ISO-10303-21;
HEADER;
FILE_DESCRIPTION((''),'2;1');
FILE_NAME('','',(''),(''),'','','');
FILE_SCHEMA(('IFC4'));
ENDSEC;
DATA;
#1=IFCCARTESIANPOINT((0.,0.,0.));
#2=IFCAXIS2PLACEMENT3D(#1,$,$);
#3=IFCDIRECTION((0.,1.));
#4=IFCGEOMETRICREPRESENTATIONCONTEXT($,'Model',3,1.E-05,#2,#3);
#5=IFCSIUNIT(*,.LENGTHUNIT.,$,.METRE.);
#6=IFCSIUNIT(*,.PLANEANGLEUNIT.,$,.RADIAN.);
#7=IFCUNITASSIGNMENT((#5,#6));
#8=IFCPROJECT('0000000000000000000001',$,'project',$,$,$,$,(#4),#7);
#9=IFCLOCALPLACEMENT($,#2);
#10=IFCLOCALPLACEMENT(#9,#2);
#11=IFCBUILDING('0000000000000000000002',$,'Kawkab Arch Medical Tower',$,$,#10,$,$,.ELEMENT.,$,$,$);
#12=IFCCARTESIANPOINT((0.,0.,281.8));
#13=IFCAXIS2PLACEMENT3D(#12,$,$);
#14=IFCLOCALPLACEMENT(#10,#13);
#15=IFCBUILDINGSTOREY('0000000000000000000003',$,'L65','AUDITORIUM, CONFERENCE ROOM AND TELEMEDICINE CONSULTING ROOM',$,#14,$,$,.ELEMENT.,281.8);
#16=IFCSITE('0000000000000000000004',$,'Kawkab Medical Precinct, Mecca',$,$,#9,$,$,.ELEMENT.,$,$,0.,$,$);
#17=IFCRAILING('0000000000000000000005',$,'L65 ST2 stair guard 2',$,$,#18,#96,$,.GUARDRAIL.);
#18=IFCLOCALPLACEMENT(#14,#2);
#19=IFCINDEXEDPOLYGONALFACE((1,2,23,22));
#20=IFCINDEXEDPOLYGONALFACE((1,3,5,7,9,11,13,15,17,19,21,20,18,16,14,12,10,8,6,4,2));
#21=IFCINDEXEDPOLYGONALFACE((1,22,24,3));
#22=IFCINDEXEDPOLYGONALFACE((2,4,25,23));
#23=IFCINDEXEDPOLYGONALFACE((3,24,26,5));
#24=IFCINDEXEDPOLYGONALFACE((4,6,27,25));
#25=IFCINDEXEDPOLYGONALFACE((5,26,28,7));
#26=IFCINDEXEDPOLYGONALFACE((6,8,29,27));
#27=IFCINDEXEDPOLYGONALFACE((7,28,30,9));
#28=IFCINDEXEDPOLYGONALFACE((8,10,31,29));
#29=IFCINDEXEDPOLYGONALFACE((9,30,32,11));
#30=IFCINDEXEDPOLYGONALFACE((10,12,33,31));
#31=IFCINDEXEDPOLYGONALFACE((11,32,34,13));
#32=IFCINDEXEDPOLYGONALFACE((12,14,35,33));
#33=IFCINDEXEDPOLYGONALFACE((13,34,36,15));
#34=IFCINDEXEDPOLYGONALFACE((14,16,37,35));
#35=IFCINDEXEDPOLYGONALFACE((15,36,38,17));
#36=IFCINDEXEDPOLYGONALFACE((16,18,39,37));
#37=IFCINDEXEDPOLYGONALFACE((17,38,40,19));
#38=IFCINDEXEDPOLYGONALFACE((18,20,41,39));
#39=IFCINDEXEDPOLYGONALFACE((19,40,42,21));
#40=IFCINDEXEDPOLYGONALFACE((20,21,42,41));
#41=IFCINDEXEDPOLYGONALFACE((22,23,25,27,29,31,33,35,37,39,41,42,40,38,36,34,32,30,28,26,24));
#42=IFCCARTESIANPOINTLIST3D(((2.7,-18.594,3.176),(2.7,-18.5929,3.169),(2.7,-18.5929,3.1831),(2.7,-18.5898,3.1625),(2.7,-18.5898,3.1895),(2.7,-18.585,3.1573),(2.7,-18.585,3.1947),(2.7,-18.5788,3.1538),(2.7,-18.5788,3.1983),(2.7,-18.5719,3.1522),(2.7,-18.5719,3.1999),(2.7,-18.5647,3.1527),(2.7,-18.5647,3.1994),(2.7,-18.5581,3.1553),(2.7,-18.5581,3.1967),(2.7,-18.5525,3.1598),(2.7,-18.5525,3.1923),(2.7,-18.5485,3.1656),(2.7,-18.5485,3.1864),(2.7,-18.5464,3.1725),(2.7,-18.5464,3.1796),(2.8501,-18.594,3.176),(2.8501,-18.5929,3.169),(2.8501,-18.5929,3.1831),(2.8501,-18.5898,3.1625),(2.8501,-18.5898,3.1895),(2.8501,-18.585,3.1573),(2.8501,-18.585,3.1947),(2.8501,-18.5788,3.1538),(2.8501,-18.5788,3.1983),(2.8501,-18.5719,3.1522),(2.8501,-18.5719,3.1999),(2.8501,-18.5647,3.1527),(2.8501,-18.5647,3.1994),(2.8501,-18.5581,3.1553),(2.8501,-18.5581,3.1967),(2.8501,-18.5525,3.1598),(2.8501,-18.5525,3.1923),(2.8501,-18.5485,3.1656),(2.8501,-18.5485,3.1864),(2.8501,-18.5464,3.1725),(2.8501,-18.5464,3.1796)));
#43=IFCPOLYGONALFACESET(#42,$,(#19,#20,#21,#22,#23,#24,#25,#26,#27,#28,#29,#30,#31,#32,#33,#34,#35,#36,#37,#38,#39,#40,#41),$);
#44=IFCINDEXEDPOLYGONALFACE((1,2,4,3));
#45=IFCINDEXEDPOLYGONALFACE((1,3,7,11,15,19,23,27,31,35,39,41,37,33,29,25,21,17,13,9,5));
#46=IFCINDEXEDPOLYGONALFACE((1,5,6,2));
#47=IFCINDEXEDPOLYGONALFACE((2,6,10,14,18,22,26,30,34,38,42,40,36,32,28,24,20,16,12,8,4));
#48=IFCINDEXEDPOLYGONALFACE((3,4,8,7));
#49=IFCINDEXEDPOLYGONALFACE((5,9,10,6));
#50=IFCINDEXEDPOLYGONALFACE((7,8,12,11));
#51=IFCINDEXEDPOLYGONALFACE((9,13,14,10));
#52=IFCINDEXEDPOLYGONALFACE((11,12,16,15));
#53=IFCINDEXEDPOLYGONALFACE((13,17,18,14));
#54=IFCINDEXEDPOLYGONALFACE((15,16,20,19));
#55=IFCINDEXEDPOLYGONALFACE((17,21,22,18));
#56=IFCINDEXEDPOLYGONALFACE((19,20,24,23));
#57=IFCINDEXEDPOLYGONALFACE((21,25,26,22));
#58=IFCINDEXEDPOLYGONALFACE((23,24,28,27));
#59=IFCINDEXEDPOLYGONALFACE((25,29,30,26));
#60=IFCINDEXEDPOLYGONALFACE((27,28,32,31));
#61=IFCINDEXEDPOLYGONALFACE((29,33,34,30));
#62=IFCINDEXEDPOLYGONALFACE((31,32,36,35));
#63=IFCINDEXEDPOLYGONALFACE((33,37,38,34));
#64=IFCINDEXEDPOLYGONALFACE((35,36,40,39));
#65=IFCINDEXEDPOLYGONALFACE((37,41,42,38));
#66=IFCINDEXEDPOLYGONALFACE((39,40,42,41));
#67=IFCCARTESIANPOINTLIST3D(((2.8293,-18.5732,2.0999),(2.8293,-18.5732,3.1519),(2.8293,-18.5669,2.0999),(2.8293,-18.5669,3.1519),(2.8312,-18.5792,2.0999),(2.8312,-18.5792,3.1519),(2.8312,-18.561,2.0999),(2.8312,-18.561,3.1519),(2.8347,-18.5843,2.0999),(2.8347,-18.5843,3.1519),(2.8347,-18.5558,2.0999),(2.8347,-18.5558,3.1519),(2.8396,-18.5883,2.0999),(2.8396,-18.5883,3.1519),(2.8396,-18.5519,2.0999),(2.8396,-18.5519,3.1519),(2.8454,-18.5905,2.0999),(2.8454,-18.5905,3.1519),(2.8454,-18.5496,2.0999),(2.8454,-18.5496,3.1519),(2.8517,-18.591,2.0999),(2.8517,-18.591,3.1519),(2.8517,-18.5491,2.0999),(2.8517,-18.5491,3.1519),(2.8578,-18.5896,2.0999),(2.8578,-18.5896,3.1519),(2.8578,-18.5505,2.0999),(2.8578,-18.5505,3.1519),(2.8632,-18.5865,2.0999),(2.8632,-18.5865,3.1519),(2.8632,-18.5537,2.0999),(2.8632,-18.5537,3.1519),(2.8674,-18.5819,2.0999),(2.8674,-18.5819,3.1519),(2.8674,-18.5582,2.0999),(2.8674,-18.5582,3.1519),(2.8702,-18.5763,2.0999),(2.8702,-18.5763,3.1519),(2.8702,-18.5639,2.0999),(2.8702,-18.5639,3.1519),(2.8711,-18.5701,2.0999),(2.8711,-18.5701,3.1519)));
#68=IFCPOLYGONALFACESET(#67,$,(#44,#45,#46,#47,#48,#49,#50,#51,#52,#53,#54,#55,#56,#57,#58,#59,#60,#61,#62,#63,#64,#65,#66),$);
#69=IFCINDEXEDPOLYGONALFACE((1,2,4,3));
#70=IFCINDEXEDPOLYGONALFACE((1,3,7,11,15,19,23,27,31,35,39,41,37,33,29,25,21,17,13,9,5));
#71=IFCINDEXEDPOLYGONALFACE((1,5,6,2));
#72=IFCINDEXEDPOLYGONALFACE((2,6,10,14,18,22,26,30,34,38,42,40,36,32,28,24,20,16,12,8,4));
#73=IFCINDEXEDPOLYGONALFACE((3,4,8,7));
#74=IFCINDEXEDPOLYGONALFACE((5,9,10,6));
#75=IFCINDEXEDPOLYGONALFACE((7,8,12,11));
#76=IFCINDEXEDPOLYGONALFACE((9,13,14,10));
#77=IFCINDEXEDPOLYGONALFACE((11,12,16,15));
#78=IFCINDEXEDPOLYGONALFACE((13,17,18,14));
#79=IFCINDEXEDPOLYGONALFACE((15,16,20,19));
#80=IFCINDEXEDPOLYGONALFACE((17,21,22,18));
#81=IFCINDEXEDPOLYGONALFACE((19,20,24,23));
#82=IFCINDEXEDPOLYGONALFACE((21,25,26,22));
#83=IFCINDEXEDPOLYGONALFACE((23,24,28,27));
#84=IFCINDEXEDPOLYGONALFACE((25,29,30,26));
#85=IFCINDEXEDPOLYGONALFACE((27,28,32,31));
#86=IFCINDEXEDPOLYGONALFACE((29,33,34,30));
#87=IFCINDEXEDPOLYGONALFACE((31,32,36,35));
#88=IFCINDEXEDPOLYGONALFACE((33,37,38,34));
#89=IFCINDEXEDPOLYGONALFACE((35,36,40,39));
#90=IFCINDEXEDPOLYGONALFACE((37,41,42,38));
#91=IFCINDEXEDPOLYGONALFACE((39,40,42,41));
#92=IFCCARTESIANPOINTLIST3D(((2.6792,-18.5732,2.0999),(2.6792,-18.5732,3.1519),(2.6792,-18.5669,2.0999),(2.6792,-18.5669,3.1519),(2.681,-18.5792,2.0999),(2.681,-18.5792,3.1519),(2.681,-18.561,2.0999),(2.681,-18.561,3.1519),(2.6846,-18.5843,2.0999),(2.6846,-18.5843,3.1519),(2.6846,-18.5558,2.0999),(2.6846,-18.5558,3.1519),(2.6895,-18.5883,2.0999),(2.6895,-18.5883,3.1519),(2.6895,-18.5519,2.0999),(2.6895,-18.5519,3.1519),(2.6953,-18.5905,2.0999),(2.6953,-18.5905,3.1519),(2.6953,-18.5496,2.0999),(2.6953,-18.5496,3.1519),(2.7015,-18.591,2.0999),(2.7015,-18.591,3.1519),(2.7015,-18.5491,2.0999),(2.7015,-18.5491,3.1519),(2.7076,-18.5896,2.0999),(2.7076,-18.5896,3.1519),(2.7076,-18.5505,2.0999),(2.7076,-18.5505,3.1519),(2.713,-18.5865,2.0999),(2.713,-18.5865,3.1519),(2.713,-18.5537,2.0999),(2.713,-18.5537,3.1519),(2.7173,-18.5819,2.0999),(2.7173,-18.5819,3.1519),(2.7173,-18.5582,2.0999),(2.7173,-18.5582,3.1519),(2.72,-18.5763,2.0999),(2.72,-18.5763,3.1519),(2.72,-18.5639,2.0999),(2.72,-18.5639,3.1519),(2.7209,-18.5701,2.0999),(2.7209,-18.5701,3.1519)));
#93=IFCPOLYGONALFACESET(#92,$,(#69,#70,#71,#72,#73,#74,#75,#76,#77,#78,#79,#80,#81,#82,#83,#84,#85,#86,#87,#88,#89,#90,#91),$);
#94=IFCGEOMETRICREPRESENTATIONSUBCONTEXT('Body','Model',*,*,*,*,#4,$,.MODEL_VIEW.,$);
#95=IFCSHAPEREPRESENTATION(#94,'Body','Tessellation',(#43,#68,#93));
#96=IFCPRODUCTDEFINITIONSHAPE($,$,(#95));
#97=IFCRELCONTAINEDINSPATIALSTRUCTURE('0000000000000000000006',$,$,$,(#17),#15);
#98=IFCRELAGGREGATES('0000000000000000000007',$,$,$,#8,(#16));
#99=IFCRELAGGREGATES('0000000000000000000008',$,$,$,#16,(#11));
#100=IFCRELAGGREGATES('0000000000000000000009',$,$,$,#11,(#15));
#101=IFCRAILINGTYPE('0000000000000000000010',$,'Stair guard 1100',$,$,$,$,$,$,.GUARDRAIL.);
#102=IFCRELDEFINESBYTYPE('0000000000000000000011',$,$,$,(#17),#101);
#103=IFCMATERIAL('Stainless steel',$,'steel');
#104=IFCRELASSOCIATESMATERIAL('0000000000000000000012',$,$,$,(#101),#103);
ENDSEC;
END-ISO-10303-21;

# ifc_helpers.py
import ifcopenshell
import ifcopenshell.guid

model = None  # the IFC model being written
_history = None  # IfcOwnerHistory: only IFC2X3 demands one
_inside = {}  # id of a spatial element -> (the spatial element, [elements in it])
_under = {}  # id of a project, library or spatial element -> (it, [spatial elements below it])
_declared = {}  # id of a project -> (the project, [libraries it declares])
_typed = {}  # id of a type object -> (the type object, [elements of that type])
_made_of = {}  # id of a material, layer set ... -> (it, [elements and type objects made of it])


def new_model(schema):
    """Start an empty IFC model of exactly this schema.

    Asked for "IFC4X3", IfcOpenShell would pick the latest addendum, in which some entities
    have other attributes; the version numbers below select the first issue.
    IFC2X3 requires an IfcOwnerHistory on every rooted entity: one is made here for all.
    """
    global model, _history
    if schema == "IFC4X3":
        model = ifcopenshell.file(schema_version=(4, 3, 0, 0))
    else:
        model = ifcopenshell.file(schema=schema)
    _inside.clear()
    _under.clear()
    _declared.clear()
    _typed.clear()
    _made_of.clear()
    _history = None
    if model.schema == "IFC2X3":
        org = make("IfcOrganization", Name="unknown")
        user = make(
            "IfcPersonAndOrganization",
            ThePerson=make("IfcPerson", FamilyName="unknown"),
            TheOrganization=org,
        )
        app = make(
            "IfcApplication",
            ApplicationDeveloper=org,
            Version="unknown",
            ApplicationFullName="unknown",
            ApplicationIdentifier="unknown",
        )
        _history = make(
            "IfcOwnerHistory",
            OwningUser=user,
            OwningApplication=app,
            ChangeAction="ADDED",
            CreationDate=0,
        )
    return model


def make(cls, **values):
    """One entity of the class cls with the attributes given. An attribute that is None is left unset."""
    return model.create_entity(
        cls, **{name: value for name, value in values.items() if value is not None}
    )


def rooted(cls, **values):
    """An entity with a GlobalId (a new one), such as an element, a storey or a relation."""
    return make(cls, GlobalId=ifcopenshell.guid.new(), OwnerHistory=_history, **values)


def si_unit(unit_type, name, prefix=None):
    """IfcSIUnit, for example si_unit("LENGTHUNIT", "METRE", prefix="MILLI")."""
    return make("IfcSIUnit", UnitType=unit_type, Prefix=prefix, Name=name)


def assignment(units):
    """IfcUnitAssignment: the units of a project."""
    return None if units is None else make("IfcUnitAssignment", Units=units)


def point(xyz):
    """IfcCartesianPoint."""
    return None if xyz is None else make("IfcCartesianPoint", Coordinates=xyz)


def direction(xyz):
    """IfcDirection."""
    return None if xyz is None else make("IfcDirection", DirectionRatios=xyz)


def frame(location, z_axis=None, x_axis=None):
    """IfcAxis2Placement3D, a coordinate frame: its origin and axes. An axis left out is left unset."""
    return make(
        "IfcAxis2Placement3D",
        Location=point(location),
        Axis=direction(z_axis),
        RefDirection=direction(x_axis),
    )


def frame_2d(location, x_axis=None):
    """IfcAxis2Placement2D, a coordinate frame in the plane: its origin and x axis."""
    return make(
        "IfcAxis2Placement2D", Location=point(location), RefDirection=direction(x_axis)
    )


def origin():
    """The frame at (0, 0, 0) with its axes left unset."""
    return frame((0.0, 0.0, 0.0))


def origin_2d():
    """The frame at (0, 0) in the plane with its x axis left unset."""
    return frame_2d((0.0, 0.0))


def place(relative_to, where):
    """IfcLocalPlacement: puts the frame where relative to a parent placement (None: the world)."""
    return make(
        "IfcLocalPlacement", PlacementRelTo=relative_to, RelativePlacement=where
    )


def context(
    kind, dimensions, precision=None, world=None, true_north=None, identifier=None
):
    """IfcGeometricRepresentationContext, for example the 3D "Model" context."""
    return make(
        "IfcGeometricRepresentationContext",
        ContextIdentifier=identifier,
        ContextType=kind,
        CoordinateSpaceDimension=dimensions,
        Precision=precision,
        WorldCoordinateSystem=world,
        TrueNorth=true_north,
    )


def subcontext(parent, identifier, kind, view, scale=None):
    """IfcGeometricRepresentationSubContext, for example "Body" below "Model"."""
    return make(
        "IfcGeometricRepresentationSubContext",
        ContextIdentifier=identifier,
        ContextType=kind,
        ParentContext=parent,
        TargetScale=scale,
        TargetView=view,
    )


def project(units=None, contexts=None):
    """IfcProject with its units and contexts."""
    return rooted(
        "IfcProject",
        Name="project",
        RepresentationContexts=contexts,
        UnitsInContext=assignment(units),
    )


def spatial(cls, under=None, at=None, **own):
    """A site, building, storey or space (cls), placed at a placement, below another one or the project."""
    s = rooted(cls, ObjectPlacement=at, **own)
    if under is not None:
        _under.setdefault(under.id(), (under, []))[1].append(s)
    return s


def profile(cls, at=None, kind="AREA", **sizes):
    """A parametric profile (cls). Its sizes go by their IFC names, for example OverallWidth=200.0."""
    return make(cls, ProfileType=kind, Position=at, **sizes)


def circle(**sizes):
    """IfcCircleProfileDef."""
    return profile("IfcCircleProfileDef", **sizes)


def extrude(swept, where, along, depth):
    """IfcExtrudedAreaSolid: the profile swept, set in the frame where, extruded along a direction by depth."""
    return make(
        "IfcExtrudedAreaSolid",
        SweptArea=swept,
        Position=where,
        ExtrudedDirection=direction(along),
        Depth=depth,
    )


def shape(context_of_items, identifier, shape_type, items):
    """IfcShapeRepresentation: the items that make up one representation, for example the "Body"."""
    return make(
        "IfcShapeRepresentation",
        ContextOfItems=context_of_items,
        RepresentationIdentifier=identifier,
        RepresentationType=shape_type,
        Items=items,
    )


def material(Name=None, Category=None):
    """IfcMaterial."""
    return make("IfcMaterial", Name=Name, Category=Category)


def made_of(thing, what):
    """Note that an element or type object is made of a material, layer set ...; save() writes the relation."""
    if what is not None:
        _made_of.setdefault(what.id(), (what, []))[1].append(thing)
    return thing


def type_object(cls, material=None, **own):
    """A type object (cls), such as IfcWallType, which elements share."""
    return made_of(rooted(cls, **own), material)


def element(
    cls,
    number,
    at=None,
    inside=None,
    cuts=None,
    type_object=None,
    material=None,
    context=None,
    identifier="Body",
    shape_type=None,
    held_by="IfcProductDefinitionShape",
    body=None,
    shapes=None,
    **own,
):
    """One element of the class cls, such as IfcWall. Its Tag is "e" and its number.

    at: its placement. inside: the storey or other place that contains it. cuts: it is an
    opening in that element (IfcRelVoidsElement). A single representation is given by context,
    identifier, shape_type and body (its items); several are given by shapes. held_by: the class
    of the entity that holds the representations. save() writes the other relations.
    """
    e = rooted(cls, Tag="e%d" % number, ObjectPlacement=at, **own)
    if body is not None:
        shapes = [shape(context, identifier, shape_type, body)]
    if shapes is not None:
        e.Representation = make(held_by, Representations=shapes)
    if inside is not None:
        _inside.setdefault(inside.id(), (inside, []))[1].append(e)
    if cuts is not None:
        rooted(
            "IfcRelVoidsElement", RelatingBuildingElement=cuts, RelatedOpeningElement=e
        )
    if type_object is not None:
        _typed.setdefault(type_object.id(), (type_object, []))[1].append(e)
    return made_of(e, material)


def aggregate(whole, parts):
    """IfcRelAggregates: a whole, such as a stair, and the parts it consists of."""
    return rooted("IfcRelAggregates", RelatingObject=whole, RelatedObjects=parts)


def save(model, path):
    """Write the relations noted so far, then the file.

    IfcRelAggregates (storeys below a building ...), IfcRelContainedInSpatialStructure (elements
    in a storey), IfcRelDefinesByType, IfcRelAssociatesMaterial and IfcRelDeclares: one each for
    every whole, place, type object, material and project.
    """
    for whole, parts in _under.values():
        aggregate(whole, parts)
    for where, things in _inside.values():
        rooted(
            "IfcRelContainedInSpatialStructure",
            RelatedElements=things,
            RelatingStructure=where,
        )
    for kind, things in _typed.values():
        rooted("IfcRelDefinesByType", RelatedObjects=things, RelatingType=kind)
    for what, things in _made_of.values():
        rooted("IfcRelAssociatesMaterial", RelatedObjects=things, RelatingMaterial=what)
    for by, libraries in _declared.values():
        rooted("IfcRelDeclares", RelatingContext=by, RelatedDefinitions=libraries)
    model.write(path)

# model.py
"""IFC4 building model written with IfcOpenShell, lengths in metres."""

from ifc_helpers import new_model, si_unit, direction, frame, origin, origin_2d, place, context, subcontext, project, spatial, circle, extrude, material, type_object, element, save


model = new_model("IFC4")

# Units and contexts
model_context = context("Model", 3, precision=1e-05, world=origin(), true_north=direction((0.0, 1.0)))
body_context = subcontext(model_context, "Body", "Model", "MODEL_VIEW")
ifc_project = project(units=[si_unit("LENGTHUNIT", "METRE"), si_unit("PLANEANGLEUNIT", "RADIAN")], contexts=[model_context])

# Site, building, storey
site_placement = place(None, origin())
site = spatial("IfcSite", under=ifc_project, at=site_placement, Name="Kawkab Medical Precinct, Mecca", CompositionType="ELEMENT", RefElevation=0.0)
building_placement = place(site_placement, origin())
building = spatial("IfcBuilding", under=site, at=building_placement, Name="Kawkab Arch Medical Tower", CompositionType="ELEMENT")
storey_placement = place(building_placement, frame((0.0, 0.0, 281.8)))
storey = spatial("IfcBuildingStorey", under=building, at=storey_placement, Name="L65", Description="AUDITORIUM, CONFERENCE ROOM AND TELEMEDICINE CONSULTING ROOM", CompositionType="ELEMENT", Elevation=281.8)

# Railing
ifc_material_1 = material(Name="Stainless steel", Category="steel")
railing_type = type_object("IfcRailingType", Name="Stair guard 1100", PredefinedType="GUARDRAIL", material=ifc_material_1)
railing_1_placement = place(storey_placement, frame((2.8501, -18.5701, 2.0999)))
element("IfcRailing", 1, at=railing_1_placement, inside=storey, type_object=railing_type, Name="L65 ST2 stair guard 2", PredefinedType="GUARDRAIL", context=body_context, shape_type="SweptSolid", body=[
    extrude(circle(Radius=0.0239, at=origin_2d()), frame((0.0, 0.0, 1.0762), z_axis=(-1.0, 0.0, 0.0), x_axis=(0.0, -1.0, 0.0)), (0.0, 0.0, 1.0), 0.1501),
    extrude(circle(Radius=0.021, at=origin_2d()), origin(), (0.0, 0.0, 1.0), 1.052),
    extrude(circle(Radius=0.021, at=origin_2d()), frame((-0.1501, 0.0, 0.0)), (0.0, 0.0, 1.0), 1.052),
])

save(model, "model.ifc")
